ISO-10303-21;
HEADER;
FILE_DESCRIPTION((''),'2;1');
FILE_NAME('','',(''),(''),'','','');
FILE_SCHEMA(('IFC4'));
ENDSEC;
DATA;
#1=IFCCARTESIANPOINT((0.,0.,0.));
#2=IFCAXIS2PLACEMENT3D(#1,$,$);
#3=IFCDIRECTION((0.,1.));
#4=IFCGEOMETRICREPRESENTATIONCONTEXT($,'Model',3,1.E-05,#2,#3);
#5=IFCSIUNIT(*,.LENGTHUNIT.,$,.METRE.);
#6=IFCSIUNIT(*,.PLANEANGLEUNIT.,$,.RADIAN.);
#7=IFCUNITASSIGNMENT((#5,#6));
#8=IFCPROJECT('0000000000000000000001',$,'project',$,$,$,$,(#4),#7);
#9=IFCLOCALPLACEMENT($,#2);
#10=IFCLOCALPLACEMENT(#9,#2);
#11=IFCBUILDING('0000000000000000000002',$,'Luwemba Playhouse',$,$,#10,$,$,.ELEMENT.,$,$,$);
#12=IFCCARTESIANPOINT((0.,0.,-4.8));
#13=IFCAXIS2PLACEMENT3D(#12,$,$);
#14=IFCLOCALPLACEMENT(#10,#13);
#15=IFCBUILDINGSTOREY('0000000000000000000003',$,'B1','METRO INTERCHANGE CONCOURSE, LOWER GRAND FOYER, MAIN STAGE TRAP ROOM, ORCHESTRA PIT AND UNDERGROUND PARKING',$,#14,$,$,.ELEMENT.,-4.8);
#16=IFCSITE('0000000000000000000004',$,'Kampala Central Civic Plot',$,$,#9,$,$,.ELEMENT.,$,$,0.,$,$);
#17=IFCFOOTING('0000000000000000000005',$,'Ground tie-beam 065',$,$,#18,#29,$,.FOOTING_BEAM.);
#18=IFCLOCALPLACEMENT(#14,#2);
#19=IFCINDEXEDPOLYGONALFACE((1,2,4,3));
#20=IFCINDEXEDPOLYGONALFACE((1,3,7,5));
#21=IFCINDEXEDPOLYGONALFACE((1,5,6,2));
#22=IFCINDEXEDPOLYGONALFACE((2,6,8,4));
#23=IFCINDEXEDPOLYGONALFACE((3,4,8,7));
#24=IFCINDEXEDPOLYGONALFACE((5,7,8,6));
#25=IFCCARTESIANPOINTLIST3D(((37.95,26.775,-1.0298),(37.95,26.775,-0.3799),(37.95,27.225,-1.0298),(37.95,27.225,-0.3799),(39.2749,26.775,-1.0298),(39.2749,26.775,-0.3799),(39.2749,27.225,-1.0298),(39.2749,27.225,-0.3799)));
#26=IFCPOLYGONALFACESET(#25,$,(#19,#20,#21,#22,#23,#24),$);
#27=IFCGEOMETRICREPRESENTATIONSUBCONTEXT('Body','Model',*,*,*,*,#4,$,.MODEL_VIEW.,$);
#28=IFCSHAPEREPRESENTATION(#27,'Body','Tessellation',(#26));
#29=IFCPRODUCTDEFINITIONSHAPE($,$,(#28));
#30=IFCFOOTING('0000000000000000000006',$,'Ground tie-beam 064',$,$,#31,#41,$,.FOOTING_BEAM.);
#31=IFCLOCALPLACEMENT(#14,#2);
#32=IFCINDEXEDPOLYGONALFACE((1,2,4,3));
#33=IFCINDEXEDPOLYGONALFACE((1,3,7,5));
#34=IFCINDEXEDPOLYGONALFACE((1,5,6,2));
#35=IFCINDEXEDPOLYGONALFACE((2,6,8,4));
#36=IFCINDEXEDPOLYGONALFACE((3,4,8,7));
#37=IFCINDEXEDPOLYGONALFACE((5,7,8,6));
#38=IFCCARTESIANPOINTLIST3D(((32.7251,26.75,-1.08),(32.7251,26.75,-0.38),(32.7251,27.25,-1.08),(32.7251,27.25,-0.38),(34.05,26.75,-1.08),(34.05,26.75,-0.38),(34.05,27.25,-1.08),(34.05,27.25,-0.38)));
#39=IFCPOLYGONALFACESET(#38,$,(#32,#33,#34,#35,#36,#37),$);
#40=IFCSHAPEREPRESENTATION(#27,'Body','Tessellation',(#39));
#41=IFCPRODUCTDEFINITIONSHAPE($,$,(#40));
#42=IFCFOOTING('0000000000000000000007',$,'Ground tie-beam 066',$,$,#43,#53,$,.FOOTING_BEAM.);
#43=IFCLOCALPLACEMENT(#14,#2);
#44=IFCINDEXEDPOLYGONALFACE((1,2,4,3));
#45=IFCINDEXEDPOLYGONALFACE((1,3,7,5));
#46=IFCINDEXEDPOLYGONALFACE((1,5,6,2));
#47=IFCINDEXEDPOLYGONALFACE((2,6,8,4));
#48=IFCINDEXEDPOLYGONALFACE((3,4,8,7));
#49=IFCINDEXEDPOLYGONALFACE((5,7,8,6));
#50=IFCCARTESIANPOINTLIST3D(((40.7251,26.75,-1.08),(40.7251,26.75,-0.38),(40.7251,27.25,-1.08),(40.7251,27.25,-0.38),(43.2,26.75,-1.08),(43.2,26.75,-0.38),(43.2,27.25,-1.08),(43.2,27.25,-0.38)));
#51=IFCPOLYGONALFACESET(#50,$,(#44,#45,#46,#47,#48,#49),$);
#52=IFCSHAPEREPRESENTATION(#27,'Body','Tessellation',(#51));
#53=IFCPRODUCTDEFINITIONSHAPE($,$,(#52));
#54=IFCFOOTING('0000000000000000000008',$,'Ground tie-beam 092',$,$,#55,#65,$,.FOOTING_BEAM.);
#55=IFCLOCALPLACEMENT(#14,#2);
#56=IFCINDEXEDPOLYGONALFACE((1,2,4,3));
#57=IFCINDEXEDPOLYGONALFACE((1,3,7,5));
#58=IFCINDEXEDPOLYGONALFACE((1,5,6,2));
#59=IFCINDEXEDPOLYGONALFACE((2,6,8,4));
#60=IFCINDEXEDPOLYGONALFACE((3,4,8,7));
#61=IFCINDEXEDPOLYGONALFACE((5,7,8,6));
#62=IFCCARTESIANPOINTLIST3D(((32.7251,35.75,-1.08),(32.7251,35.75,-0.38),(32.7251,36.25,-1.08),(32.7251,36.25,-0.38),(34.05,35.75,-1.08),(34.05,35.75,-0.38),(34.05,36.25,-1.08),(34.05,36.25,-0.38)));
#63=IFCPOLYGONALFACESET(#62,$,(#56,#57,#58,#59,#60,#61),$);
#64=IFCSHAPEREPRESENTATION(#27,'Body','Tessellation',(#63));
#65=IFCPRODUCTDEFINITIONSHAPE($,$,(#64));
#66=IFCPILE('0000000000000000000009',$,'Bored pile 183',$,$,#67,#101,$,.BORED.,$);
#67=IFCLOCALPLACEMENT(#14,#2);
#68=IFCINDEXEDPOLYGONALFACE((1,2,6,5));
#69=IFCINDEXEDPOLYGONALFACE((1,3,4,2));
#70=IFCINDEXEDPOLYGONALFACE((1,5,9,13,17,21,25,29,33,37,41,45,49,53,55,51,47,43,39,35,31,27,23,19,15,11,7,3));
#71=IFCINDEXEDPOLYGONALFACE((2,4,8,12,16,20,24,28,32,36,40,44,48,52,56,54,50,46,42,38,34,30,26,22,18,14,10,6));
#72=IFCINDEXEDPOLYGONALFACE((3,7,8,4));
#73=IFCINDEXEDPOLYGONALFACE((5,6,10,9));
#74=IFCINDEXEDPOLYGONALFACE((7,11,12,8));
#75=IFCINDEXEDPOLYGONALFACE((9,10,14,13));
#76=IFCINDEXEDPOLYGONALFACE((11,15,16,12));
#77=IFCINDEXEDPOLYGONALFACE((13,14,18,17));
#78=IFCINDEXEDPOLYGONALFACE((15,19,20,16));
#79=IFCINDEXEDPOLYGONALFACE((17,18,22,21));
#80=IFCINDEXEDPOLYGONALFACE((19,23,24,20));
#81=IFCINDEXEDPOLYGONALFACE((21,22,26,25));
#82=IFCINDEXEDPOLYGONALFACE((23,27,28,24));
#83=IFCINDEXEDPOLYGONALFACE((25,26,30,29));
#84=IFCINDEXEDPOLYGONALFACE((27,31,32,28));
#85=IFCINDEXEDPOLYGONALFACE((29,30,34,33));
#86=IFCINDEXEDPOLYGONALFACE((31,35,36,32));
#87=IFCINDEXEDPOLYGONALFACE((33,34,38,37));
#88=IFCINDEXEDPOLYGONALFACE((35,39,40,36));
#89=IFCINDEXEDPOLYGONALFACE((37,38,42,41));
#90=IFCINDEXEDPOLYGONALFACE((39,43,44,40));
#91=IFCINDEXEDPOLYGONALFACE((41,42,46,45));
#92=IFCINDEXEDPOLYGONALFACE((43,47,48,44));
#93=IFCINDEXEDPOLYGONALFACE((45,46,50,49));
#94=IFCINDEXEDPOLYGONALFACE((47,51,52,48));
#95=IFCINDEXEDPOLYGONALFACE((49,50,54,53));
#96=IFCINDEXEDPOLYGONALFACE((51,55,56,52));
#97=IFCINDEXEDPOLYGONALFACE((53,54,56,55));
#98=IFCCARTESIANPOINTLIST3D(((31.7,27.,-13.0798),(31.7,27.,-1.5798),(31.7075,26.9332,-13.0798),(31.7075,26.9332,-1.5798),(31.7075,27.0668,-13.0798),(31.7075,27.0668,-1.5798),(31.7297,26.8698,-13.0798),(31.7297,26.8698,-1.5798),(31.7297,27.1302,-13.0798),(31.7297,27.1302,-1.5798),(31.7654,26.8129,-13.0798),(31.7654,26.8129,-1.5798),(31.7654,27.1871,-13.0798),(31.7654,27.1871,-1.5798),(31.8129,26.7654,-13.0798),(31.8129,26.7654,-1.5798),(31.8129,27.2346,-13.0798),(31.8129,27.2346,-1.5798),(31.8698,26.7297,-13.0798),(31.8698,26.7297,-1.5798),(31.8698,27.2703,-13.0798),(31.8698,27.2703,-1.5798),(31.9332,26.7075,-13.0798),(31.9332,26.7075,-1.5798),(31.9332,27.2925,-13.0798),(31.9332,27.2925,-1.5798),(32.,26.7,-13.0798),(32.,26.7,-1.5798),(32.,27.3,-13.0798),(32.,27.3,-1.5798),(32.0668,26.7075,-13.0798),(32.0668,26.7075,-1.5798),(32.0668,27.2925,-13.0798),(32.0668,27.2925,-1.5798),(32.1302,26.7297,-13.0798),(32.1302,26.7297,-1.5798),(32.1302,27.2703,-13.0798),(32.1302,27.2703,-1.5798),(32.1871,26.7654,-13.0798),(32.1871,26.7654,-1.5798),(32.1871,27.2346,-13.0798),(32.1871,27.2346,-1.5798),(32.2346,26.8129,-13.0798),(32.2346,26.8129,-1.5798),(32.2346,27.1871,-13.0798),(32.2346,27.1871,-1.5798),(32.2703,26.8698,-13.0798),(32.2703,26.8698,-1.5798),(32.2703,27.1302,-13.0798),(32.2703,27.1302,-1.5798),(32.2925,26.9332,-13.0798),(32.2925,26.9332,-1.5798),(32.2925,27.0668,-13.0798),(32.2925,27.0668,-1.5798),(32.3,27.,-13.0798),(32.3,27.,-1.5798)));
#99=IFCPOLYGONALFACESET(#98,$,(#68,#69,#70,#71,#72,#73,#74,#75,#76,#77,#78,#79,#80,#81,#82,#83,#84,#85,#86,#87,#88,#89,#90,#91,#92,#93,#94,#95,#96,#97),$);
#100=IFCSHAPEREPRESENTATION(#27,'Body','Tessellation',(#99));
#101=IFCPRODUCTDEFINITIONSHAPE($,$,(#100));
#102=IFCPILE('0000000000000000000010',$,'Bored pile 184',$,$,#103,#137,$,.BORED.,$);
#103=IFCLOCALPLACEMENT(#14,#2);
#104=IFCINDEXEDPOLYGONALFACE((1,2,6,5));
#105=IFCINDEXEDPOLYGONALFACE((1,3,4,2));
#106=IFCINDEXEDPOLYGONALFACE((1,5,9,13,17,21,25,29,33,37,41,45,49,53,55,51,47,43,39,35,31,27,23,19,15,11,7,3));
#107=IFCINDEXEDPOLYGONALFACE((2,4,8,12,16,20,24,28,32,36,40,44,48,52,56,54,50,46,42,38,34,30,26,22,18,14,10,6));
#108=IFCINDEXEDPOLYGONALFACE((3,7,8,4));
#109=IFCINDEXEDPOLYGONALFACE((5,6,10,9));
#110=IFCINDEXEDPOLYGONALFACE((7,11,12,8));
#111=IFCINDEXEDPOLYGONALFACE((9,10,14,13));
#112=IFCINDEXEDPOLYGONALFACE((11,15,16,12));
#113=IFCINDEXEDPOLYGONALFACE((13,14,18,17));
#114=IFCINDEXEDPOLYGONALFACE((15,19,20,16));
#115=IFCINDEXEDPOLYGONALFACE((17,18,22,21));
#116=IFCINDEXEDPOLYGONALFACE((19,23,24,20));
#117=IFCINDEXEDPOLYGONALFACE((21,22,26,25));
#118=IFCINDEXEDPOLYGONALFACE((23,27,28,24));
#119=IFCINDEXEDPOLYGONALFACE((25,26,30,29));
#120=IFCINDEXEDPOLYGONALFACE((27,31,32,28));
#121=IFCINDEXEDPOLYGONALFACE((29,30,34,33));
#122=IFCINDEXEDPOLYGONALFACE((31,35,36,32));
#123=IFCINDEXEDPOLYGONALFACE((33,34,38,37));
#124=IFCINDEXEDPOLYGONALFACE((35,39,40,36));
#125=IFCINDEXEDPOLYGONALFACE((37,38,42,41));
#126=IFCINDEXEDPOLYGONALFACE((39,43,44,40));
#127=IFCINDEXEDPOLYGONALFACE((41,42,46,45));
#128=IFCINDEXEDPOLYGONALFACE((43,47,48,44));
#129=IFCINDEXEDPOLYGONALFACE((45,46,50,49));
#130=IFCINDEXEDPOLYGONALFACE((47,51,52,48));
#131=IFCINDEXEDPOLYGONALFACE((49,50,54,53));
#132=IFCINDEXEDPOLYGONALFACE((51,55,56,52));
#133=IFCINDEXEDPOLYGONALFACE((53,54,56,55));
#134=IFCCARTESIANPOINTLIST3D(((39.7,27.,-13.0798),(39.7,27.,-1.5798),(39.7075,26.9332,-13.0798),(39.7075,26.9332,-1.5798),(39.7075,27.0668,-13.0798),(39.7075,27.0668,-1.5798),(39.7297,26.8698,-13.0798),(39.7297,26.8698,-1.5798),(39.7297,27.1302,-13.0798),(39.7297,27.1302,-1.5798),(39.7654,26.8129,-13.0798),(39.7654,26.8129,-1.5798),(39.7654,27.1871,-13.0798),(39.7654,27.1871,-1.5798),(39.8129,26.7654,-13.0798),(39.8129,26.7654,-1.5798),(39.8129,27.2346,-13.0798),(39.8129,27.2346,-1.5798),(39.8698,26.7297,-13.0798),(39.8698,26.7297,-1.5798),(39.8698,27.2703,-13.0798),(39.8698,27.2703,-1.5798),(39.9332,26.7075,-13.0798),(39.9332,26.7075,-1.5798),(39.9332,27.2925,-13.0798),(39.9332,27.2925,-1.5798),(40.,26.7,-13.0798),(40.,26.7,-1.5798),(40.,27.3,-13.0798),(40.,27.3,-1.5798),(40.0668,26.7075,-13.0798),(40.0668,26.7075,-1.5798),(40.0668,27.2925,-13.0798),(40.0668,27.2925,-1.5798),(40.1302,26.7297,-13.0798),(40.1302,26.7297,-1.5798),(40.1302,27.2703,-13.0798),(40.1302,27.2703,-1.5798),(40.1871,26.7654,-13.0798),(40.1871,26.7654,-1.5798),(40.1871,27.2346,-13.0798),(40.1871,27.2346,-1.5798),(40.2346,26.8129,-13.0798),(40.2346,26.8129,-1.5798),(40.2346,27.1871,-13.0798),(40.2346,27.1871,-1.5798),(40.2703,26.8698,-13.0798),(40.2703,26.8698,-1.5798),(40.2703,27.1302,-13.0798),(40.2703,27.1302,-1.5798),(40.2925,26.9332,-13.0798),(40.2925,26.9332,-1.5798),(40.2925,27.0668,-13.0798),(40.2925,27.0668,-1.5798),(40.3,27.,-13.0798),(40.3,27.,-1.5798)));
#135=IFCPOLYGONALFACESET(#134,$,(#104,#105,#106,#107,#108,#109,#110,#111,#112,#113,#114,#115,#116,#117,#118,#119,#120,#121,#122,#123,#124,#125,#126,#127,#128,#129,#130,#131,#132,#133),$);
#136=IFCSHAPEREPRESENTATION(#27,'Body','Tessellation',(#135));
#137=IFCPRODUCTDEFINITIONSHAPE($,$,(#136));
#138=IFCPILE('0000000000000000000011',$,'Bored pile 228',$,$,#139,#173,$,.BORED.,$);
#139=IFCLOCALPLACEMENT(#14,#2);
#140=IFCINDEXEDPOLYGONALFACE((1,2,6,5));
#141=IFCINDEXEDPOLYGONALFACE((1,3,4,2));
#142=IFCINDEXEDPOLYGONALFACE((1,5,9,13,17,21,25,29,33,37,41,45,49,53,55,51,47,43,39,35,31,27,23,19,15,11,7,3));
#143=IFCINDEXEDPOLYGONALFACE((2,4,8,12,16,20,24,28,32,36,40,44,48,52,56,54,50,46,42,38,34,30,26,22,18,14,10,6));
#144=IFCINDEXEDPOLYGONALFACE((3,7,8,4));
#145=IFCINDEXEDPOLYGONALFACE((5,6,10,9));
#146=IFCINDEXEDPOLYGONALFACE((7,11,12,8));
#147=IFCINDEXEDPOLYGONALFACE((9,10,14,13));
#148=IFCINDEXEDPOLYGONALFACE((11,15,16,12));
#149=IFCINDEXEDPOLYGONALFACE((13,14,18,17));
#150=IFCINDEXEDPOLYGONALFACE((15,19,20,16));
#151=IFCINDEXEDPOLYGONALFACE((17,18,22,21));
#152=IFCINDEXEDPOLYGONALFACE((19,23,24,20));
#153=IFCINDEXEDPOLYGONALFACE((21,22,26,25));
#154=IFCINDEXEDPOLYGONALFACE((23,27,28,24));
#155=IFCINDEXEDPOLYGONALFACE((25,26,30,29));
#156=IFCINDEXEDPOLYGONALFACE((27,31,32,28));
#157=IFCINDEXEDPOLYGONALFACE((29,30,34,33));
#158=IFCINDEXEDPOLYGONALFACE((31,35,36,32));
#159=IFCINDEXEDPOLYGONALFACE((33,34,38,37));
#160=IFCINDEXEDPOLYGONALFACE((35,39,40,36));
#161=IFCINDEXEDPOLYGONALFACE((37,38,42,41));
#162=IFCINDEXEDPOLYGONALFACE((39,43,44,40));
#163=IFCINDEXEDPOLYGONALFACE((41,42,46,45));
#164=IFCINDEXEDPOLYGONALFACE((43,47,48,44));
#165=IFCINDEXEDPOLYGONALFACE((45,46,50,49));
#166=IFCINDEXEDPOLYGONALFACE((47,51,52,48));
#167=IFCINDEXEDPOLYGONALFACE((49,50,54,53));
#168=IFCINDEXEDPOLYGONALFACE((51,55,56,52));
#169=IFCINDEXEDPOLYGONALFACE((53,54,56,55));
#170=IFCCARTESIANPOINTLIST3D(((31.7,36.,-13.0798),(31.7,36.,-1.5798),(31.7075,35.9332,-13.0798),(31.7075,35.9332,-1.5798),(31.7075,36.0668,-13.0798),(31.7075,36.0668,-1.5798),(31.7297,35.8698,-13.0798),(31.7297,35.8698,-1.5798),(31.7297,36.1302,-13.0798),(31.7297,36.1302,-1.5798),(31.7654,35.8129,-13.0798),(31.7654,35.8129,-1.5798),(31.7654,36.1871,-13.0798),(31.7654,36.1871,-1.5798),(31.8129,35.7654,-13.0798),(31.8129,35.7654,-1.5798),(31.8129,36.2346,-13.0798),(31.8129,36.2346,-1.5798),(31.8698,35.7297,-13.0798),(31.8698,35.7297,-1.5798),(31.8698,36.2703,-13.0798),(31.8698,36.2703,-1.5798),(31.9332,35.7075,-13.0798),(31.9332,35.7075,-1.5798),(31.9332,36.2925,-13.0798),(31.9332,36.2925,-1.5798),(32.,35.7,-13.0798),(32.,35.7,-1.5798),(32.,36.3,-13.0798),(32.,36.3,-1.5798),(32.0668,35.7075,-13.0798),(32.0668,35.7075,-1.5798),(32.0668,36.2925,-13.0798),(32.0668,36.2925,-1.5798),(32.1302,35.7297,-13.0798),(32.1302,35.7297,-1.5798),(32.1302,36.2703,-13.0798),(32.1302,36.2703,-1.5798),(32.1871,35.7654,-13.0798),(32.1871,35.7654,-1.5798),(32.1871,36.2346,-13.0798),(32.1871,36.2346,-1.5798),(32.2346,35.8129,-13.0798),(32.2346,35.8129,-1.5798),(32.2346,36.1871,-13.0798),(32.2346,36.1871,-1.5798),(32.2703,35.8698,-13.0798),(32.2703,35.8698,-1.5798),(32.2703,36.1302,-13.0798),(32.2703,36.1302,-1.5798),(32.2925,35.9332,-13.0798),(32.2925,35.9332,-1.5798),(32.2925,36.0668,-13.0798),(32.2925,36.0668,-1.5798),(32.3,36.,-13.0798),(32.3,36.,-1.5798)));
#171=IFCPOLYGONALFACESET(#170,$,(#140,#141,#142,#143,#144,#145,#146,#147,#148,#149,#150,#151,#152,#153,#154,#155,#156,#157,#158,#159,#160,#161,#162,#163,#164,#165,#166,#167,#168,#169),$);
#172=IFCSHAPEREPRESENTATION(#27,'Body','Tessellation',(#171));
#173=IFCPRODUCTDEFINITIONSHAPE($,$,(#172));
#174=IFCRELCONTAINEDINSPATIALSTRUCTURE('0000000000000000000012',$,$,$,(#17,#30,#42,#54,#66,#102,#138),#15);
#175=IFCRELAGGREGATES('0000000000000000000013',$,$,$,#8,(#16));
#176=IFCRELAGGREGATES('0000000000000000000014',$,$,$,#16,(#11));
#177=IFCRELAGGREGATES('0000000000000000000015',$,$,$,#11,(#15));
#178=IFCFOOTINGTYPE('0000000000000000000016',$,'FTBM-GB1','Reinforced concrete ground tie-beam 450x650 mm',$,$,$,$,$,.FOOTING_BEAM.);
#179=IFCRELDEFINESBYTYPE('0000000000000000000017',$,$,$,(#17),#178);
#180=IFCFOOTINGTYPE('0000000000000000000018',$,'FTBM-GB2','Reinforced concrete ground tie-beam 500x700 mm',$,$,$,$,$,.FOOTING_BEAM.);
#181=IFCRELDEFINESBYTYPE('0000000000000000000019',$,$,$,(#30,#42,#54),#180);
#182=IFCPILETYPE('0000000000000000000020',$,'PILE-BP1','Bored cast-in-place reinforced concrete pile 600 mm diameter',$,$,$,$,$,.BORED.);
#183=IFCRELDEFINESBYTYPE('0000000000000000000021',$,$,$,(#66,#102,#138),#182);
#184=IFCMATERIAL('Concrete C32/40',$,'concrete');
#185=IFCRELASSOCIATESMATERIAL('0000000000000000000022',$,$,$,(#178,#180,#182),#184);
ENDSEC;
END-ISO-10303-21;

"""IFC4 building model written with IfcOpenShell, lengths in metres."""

from ifc_helpers import new_model, si_unit, direction, frame, origin, origin_2d, place, context, subcontext, project, spatial, rectangle, circle, extrude, material, material_profile, profile_set, type_object, element, save


model = new_model("IFC4")

# Units and contexts
model_context = context("Model", 3, precision=1e-05, world=origin(), true_north=direction((0.0, 1.0)))
body_context = subcontext(model_context, "Body", "Model", "MODEL_VIEW")
ifc_project = project(units=[si_unit("LENGTHUNIT", "METRE"), si_unit("PLANEANGLEUNIT", "RADIAN")], contexts=[model_context])

# Site, building, storey
site_placement = place(None, origin())
site = spatial("IfcSite", under=ifc_project, at=site_placement, Name="Kampala Central Civic Plot", CompositionType="ELEMENT", RefElevation=0.0)
building_placement = place(site_placement, origin())
building = spatial("IfcBuilding", under=site, at=building_placement, Name="Luwemba Playhouse", CompositionType="ELEMENT")
storey_placement = place(building_placement, frame((0.0, 0.0, -4.8)))
storey = spatial("IfcBuildingStorey", under=building, at=storey_placement, Name="B1", Description="METRO INTERCHANGE CONCOURSE, LOWER GRAND FOYER, MAIN STAGE TRAP ROOM, ORCHESTRA PIT AND UNDERGROUND PARKING", CompositionType="ELEMENT", Elevation=-4.8)

# Footings
ifc_material_1 = material(Name="Concrete C32/40", Category="concrete")
ifc_material_profile_1 = material_profile(ifc_material_1, rectangle(XDim=0.45, YDim=0.6499, at=origin_2d()))
ifc_profile_set_1 = profile_set([ifc_material_profile_1], Name="Concrete C32/40")
footing_type_1 = type_object("IfcFootingType", Name="FTBM-GB1", Description="Reinforced concrete ground tie-beam 450x650 mm", PredefinedType="FOOTING_BEAM", material=ifc_profile_set_1)
footing_1_placement = place(storey_placement, frame((37.95, 27.0, -0.7048), z_axis=(1.0, 0.0, 0.0), x_axis=(0.0, 1.0, 0.0)))
element("IfcFooting", 1, at=footing_1_placement, inside=storey, type_object=footing_type_1, Name="Ground tie-beam 065", PredefinedType="FOOTING_BEAM", context=body_context, shape_type="SweptSolid", body=[
    extrude(rectangle(XDim=0.45, YDim=0.6499, at=origin_2d()), origin(), (0.0, 0.0, 1.0), 1.325),
])
ifc_material_profile_2 = material_profile(ifc_material_1, rectangle(XDim=0.5, YDim=0.7, at=origin_2d()))
ifc_profile_set_2 = profile_set([ifc_material_profile_2], Name="Concrete C32/40")
footing_type_2 = type_object("IfcFootingType", Name="FTBM-GB2", Description="Reinforced concrete ground tie-beam 500x700 mm", PredefinedType="FOOTING_BEAM", material=ifc_profile_set_2)
footing_2_placement = place(storey_placement, frame((32.7251, 27.0, -0.73), z_axis=(1.0, 0.0, 0.0), x_axis=(0.0, 1.0, 0.0)))
element("IfcFooting", 2, at=footing_2_placement, inside=storey, type_object=footing_type_2, Name="Ground tie-beam 064", PredefinedType="FOOTING_BEAM", context=body_context, shape_type="SweptSolid", body=[
    extrude(rectangle(XDim=0.5, YDim=0.7, at=origin_2d()), origin(), (0.0, 0.0, 1.0), 1.325),
])
footing_3_placement = place(storey_placement, frame((40.7251, 27.0, -0.73), z_axis=(1.0, 0.0, 0.0), x_axis=(0.0, 1.0, 0.0)))
element("IfcFooting", 3, at=footing_3_placement, inside=storey, type_object=footing_type_2, Name="Ground tie-beam 066", PredefinedType="FOOTING_BEAM", context=body_context, shape_type="SweptSolid", body=[
    extrude(rectangle(XDim=0.5, YDim=0.7, at=origin_2d()), origin(), (0.0, 0.0, 1.0), 2.4749),
])
footing_4_placement = place(storey_placement, frame((32.7251, 36.0, -0.73), z_axis=(1.0, 0.0, 0.0), x_axis=(0.0, 1.0, 0.0)))
element("IfcFooting", 4, at=footing_4_placement, inside=storey, type_object=footing_type_2, Name="Ground tie-beam 092", PredefinedType="FOOTING_BEAM", context=body_context, shape_type="SweptSolid", body=[
    extrude(rectangle(XDim=0.5, YDim=0.7, at=origin_2d()), origin(), (0.0, 0.0, 1.0), 1.325),
])

# Piles
ifc_material_profile_3 = material_profile(ifc_material_1, circle(Radius=0.3, at=origin_2d()))
ifc_profile_set_3 = profile_set([ifc_material_profile_3], Name="Concrete C32/40")
pile_type_1 = type_object("IfcPileType", Name="PILE-BP1", Description="Bored cast-in-place reinforced concrete pile 600 mm diameter", PredefinedType="BORED", material=ifc_profile_set_3)
for number, where, z_axis, x_axis, name in (
    (5, (32.0, 27.0, -1.5798), (0.0, 0.0, -1.0), (1.0, 0.0, 0.0), "Bored pile 183"),
    (6, (40.0, 27.0, -1.5798), (0.0, 0.0, -1.0), (1.0, 0.0, 0.0), "Bored pile 184"),
    (7, (32.0, 36.0, -1.5798), (0.0, 0.0, -1.0), (1.0, 0.0, 0.0), "Bored pile 228"),
):
    element("IfcPile", number, at=place(storey_placement, frame(where, z_axis=z_axis, x_axis=x_axis)), inside=storey, type_object=pile_type_1, Name=name, PredefinedType="BORED", context=body_context, shape_type="SweptSolid", body=[
        extrude(circle(Radius=0.3, at=origin_2d()), origin(), (0.0, 0.0, 1.0), 11.5),
    ])

save(model, "model.ifc")
